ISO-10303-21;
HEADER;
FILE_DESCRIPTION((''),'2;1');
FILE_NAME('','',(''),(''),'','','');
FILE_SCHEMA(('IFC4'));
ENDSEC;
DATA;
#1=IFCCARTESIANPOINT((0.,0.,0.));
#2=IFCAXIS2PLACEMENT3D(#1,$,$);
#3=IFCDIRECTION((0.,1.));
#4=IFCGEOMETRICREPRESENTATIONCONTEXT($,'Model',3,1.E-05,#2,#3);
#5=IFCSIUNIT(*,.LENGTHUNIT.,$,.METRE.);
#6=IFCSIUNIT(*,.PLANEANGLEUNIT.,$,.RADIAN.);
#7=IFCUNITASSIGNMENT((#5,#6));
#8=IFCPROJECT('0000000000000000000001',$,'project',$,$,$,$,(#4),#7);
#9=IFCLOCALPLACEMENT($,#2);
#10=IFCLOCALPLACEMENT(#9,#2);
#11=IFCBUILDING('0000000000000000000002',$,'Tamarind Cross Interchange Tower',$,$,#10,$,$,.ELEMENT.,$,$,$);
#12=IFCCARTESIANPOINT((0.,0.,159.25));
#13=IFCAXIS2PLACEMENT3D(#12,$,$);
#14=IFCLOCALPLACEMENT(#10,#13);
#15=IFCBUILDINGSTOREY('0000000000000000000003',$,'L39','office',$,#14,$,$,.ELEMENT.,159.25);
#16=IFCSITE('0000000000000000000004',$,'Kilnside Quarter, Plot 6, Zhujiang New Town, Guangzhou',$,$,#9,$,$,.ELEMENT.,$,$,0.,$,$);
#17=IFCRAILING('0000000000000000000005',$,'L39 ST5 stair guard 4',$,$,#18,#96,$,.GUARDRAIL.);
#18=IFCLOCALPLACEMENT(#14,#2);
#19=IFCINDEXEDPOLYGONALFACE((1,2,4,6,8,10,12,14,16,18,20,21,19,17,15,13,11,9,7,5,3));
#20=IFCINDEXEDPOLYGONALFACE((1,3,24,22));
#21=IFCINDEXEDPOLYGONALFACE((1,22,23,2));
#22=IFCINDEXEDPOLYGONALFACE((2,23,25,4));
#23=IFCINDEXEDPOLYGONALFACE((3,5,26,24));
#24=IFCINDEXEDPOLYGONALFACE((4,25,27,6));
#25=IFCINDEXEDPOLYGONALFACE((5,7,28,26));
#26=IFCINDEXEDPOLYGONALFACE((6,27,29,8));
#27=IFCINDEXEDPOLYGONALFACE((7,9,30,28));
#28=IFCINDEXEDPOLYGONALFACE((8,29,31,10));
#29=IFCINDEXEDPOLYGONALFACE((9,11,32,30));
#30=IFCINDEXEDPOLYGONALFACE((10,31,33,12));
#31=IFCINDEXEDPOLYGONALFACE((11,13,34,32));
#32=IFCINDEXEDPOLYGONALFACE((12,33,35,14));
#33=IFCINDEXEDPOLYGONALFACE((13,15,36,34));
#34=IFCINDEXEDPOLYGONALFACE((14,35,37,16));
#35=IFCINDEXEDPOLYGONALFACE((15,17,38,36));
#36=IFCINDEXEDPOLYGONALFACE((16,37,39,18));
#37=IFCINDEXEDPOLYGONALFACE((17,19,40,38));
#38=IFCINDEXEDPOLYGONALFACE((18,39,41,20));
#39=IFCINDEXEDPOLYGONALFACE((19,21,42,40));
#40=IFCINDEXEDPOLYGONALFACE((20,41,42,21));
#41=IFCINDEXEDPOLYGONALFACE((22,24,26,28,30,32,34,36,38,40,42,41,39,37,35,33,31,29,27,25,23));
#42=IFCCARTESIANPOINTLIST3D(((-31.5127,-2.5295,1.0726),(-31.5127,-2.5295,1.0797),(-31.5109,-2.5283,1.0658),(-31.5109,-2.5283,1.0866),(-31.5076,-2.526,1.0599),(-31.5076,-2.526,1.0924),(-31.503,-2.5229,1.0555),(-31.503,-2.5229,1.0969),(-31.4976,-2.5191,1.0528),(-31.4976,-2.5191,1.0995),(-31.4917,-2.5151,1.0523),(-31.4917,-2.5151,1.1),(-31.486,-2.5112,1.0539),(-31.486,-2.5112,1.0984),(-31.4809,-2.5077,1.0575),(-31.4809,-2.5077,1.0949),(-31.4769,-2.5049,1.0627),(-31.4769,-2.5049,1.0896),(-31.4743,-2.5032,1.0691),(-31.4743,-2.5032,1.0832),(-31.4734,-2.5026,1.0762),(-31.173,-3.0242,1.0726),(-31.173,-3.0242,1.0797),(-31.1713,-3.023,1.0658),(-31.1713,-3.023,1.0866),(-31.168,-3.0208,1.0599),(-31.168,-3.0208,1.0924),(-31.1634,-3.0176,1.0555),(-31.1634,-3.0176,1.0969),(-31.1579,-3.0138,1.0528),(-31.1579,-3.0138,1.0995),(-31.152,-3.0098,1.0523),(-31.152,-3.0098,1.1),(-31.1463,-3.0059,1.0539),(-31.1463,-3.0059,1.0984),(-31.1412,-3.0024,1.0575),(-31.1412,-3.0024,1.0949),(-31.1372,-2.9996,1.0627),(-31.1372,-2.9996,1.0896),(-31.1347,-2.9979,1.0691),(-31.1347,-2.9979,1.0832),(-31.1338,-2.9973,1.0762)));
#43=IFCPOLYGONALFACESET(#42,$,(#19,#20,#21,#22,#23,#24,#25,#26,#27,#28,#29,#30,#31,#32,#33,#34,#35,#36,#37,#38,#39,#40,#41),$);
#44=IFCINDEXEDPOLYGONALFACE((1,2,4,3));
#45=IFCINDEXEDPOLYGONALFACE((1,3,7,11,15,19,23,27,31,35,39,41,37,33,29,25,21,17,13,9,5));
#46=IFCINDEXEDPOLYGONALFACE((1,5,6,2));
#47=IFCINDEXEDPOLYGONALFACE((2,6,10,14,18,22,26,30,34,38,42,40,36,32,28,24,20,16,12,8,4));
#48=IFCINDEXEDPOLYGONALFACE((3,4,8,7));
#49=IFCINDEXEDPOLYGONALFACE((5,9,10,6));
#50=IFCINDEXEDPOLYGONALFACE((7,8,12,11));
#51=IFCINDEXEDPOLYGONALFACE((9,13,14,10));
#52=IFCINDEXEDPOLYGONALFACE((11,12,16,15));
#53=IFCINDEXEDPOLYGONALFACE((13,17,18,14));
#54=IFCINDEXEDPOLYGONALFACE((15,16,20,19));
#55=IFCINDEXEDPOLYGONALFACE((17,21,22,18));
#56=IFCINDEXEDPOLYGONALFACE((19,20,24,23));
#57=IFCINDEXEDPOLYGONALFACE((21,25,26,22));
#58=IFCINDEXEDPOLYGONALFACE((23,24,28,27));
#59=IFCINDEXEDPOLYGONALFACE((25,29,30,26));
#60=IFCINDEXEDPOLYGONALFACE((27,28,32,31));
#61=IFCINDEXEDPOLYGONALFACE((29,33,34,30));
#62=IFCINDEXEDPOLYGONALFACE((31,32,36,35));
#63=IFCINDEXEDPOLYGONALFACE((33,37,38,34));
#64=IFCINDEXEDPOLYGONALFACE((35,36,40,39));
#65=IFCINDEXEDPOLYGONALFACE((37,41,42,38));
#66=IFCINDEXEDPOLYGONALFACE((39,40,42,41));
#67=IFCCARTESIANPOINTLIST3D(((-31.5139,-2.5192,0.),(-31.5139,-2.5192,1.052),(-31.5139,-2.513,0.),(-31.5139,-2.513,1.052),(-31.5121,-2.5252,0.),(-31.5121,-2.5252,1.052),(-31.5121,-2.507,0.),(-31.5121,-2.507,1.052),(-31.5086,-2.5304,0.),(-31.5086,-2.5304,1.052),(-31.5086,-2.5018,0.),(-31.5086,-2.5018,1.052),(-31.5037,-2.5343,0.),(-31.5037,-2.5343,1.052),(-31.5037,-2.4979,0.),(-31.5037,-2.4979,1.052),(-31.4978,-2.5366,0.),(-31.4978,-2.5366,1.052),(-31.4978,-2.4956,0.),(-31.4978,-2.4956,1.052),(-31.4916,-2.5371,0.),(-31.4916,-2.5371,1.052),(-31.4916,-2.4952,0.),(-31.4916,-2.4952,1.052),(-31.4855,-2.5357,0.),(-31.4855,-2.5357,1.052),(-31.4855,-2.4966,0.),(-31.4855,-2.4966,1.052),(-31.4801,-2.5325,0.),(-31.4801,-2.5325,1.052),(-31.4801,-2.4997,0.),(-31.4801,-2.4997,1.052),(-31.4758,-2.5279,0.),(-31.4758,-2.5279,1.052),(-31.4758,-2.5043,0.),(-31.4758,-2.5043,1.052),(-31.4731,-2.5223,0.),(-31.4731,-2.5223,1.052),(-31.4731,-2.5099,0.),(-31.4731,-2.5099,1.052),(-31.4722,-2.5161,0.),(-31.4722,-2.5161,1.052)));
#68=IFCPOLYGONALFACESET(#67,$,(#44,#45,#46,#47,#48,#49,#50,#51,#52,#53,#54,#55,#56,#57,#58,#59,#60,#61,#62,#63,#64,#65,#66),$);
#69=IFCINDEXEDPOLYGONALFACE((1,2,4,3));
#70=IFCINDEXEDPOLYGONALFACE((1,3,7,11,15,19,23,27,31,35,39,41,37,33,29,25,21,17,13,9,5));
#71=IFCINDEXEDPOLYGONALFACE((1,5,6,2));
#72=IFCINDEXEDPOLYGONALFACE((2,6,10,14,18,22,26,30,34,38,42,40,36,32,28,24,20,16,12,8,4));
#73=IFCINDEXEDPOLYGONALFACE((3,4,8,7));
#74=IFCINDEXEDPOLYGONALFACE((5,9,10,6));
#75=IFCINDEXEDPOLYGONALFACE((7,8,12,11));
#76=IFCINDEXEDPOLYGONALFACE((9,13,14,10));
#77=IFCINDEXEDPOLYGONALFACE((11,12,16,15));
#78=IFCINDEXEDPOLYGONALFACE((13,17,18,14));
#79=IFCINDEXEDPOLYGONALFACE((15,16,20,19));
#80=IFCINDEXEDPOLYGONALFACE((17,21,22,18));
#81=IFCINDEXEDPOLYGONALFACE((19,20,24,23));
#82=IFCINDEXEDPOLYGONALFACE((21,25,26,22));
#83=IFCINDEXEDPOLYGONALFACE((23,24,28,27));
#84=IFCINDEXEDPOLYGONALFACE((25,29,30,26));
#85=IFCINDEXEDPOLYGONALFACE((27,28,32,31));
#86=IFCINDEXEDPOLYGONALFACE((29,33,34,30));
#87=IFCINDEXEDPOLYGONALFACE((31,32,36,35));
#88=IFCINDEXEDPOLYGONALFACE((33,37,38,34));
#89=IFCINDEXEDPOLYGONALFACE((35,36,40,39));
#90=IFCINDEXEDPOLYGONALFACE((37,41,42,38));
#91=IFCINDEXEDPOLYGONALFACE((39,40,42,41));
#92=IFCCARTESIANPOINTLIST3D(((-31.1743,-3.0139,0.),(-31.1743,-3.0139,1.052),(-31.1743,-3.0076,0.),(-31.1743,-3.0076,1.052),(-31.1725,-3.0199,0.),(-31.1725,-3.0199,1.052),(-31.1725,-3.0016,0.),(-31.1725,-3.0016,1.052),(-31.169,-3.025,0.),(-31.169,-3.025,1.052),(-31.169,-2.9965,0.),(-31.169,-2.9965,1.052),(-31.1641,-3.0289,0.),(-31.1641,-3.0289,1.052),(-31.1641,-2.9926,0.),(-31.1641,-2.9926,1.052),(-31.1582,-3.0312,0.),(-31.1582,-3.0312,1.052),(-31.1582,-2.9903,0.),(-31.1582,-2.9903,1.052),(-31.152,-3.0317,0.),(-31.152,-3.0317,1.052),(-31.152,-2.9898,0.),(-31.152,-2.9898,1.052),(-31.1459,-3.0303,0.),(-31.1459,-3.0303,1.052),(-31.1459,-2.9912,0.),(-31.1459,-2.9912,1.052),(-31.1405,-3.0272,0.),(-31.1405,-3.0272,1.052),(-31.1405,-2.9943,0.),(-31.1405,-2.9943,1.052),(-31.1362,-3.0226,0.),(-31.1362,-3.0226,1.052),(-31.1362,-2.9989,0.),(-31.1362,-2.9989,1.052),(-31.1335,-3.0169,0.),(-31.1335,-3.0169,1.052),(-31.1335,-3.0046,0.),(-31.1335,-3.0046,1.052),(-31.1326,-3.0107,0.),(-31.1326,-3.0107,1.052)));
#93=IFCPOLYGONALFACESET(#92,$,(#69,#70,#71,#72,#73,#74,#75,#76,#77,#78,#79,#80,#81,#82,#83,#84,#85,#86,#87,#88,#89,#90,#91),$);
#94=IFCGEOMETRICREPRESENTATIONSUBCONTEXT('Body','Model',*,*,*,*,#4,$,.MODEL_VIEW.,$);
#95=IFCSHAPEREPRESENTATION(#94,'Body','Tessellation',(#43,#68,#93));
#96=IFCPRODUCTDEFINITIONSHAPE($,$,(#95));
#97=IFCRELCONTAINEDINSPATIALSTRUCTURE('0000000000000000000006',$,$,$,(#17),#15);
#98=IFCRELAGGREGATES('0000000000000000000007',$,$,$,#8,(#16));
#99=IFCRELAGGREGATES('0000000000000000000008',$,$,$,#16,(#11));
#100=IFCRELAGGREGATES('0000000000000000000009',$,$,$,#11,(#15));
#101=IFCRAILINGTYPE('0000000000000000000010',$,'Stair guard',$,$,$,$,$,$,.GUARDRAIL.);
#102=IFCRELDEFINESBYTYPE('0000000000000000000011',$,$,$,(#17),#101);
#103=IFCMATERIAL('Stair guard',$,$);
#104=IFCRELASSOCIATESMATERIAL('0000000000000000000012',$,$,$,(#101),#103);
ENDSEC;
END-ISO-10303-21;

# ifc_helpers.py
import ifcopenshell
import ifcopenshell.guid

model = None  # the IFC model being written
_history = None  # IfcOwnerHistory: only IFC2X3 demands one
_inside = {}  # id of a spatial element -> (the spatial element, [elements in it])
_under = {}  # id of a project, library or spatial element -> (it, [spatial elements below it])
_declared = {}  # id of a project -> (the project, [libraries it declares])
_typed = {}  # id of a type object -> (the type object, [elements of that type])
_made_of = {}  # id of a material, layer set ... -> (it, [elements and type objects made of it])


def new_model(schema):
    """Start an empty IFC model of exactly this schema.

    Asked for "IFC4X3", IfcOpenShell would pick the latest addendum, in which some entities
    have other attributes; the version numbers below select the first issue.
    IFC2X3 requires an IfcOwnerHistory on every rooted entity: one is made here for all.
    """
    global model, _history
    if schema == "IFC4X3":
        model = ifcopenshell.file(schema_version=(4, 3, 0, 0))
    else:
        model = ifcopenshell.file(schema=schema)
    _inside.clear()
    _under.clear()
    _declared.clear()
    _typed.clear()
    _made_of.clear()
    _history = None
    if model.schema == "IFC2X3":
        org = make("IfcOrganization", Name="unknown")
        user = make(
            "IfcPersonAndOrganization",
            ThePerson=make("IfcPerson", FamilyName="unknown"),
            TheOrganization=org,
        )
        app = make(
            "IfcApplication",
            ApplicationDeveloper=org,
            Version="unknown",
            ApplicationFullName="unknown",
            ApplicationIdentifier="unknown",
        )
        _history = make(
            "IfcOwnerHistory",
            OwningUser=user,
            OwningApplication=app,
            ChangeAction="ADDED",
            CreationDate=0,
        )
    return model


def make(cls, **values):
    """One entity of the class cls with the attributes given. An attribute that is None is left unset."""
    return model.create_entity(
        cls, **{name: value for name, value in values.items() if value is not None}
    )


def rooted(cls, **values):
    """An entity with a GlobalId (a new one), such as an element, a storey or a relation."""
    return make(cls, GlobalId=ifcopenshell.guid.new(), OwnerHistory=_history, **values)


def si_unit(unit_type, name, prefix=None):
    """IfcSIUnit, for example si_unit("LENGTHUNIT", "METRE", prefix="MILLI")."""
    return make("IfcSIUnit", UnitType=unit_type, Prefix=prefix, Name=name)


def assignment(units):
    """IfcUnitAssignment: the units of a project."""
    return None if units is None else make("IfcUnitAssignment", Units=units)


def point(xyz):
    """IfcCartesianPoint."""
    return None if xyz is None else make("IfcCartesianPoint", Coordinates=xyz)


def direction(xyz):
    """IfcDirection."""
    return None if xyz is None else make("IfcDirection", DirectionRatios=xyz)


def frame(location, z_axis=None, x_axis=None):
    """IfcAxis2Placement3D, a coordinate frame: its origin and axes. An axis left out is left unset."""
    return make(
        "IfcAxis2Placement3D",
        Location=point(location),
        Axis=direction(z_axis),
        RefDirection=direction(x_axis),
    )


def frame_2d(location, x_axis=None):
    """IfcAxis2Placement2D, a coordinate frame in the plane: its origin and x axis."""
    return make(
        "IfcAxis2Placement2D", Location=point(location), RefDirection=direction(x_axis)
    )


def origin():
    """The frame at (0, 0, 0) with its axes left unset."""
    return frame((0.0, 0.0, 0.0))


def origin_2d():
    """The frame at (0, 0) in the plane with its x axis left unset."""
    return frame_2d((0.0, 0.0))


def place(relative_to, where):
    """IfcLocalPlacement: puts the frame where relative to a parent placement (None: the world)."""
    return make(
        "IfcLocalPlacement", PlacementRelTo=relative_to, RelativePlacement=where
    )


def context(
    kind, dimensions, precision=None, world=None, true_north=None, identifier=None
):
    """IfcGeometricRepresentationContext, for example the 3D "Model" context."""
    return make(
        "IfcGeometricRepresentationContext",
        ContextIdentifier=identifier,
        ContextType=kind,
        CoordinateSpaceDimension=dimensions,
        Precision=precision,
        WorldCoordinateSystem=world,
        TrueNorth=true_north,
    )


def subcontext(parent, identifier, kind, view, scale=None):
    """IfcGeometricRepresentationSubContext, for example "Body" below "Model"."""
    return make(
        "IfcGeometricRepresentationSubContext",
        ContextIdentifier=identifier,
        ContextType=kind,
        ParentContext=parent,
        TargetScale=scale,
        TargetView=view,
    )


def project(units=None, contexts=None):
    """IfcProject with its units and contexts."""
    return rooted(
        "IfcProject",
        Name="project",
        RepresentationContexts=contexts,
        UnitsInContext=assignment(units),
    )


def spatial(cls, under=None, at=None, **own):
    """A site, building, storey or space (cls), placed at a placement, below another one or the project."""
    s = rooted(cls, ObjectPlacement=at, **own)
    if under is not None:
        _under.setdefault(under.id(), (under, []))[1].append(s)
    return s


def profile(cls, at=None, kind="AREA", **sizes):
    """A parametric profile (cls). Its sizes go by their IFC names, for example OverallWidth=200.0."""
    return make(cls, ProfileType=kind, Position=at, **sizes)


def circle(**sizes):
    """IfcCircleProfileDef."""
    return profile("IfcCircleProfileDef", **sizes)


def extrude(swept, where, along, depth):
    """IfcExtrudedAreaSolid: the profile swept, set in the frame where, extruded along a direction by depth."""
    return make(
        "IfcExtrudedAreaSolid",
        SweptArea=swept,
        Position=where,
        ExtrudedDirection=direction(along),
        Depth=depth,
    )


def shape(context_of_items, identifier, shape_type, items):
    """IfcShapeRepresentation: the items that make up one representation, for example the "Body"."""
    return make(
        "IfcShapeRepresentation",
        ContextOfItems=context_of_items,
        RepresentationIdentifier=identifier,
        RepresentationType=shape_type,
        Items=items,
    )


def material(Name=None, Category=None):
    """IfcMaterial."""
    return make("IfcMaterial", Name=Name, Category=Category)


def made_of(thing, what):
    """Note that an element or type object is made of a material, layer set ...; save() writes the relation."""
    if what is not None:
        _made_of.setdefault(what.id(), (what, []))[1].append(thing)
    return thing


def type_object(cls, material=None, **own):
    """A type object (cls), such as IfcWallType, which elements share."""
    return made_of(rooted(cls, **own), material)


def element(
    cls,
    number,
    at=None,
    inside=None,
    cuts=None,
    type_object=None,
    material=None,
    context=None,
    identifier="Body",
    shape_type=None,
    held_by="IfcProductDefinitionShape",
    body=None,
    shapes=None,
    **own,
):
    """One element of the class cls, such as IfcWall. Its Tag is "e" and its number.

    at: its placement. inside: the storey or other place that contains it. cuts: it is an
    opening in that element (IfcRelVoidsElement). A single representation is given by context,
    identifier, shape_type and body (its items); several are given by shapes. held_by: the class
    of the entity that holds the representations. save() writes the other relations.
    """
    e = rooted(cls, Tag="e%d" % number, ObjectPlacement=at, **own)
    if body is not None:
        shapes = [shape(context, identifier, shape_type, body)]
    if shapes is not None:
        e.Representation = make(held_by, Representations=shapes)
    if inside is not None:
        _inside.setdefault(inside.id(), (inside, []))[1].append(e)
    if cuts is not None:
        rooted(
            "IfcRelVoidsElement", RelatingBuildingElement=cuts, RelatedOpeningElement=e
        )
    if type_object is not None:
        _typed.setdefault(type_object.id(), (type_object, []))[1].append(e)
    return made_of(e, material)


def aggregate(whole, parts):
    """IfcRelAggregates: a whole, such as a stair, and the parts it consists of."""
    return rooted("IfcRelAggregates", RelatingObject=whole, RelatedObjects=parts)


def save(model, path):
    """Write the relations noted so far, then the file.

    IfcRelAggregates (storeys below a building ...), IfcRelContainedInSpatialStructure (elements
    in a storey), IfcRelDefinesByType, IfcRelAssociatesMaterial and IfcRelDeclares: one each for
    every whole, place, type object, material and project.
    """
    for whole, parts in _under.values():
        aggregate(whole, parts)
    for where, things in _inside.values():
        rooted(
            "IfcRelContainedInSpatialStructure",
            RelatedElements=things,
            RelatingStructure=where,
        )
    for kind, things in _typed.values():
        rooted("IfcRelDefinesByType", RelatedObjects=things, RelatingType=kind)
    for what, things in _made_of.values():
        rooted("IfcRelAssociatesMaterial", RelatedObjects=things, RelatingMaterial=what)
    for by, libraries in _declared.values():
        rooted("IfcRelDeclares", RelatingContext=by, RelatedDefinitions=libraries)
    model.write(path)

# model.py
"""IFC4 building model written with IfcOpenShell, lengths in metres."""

from ifc_helpers import new_model, si_unit, direction, frame, origin, origin_2d, place, context, subcontext, project, spatial, circle, extrude, material, type_object, element, save


model = new_model("IFC4")

# Units and contexts
model_context = context("Model", 3, precision=1e-05, world=origin(), true_north=direction((0.0, 1.0)))
body_context = subcontext(model_context, "Body", "Model", "MODEL_VIEW")
ifc_project = project(units=[si_unit("LENGTHUNIT", "METRE"), si_unit("PLANEANGLEUNIT", "RADIAN")], contexts=[model_context])

# Site, building, storey
site_placement = place(None, origin())
site = spatial("IfcSite", under=ifc_project, at=site_placement, Name="Kilnside Quarter, Plot 6, Zhujiang New Town, Guangzhou", CompositionType="ELEMENT", RefElevation=0.0)
building_placement = place(site_placement, origin())
building = spatial("IfcBuilding", under=site, at=building_placement, Name="Tamarind Cross Interchange Tower", CompositionType="ELEMENT")
storey_placement = place(building_placement, frame((0.0, 0.0, 159.25)))
storey = spatial("IfcBuildingStorey", under=building, at=storey_placement, Name="L39", Description="office", CompositionType="ELEMENT", Elevation=159.25)

# Railing
ifc_material_1 = material(Name="Stair guard")
railing_type_1 = type_object("IfcRailingType", Name="Stair guard", PredefinedType="GUARDRAIL", material=ifc_material_1)
railing_1_placement = place(storey_placement, frame((-31.4932, -2.5161, 0.0)))
element("IfcRailing", 1, at=railing_1_placement, inside=storey, type_object=railing_type_1, Name="L39 ST5 stair guard 4", PredefinedType="GUARDRAIL", context=body_context, shape_type="SweptSolid", body=[
    extrude(circle(Radius=0.0239, at=origin_2d()), frame((0.0, 0.0, 1.0762), z_axis=(0.566011, -0.824398, 0.0), x_axis=(0.824398, 0.566011, 0.0)), (0.0, 0.0, 1.0), 0.6001),
    extrude(circle(Radius=0.021, at=origin_2d()), origin(), (0.0, 0.0, 1.0), 1.052),
    extrude(circle(Radius=0.021, at=origin_2d()), frame((0.3396, -0.4946, 0.0)), (0.0, 0.0, 1.0), 1.052),
])

save(model, "model.ifc")
